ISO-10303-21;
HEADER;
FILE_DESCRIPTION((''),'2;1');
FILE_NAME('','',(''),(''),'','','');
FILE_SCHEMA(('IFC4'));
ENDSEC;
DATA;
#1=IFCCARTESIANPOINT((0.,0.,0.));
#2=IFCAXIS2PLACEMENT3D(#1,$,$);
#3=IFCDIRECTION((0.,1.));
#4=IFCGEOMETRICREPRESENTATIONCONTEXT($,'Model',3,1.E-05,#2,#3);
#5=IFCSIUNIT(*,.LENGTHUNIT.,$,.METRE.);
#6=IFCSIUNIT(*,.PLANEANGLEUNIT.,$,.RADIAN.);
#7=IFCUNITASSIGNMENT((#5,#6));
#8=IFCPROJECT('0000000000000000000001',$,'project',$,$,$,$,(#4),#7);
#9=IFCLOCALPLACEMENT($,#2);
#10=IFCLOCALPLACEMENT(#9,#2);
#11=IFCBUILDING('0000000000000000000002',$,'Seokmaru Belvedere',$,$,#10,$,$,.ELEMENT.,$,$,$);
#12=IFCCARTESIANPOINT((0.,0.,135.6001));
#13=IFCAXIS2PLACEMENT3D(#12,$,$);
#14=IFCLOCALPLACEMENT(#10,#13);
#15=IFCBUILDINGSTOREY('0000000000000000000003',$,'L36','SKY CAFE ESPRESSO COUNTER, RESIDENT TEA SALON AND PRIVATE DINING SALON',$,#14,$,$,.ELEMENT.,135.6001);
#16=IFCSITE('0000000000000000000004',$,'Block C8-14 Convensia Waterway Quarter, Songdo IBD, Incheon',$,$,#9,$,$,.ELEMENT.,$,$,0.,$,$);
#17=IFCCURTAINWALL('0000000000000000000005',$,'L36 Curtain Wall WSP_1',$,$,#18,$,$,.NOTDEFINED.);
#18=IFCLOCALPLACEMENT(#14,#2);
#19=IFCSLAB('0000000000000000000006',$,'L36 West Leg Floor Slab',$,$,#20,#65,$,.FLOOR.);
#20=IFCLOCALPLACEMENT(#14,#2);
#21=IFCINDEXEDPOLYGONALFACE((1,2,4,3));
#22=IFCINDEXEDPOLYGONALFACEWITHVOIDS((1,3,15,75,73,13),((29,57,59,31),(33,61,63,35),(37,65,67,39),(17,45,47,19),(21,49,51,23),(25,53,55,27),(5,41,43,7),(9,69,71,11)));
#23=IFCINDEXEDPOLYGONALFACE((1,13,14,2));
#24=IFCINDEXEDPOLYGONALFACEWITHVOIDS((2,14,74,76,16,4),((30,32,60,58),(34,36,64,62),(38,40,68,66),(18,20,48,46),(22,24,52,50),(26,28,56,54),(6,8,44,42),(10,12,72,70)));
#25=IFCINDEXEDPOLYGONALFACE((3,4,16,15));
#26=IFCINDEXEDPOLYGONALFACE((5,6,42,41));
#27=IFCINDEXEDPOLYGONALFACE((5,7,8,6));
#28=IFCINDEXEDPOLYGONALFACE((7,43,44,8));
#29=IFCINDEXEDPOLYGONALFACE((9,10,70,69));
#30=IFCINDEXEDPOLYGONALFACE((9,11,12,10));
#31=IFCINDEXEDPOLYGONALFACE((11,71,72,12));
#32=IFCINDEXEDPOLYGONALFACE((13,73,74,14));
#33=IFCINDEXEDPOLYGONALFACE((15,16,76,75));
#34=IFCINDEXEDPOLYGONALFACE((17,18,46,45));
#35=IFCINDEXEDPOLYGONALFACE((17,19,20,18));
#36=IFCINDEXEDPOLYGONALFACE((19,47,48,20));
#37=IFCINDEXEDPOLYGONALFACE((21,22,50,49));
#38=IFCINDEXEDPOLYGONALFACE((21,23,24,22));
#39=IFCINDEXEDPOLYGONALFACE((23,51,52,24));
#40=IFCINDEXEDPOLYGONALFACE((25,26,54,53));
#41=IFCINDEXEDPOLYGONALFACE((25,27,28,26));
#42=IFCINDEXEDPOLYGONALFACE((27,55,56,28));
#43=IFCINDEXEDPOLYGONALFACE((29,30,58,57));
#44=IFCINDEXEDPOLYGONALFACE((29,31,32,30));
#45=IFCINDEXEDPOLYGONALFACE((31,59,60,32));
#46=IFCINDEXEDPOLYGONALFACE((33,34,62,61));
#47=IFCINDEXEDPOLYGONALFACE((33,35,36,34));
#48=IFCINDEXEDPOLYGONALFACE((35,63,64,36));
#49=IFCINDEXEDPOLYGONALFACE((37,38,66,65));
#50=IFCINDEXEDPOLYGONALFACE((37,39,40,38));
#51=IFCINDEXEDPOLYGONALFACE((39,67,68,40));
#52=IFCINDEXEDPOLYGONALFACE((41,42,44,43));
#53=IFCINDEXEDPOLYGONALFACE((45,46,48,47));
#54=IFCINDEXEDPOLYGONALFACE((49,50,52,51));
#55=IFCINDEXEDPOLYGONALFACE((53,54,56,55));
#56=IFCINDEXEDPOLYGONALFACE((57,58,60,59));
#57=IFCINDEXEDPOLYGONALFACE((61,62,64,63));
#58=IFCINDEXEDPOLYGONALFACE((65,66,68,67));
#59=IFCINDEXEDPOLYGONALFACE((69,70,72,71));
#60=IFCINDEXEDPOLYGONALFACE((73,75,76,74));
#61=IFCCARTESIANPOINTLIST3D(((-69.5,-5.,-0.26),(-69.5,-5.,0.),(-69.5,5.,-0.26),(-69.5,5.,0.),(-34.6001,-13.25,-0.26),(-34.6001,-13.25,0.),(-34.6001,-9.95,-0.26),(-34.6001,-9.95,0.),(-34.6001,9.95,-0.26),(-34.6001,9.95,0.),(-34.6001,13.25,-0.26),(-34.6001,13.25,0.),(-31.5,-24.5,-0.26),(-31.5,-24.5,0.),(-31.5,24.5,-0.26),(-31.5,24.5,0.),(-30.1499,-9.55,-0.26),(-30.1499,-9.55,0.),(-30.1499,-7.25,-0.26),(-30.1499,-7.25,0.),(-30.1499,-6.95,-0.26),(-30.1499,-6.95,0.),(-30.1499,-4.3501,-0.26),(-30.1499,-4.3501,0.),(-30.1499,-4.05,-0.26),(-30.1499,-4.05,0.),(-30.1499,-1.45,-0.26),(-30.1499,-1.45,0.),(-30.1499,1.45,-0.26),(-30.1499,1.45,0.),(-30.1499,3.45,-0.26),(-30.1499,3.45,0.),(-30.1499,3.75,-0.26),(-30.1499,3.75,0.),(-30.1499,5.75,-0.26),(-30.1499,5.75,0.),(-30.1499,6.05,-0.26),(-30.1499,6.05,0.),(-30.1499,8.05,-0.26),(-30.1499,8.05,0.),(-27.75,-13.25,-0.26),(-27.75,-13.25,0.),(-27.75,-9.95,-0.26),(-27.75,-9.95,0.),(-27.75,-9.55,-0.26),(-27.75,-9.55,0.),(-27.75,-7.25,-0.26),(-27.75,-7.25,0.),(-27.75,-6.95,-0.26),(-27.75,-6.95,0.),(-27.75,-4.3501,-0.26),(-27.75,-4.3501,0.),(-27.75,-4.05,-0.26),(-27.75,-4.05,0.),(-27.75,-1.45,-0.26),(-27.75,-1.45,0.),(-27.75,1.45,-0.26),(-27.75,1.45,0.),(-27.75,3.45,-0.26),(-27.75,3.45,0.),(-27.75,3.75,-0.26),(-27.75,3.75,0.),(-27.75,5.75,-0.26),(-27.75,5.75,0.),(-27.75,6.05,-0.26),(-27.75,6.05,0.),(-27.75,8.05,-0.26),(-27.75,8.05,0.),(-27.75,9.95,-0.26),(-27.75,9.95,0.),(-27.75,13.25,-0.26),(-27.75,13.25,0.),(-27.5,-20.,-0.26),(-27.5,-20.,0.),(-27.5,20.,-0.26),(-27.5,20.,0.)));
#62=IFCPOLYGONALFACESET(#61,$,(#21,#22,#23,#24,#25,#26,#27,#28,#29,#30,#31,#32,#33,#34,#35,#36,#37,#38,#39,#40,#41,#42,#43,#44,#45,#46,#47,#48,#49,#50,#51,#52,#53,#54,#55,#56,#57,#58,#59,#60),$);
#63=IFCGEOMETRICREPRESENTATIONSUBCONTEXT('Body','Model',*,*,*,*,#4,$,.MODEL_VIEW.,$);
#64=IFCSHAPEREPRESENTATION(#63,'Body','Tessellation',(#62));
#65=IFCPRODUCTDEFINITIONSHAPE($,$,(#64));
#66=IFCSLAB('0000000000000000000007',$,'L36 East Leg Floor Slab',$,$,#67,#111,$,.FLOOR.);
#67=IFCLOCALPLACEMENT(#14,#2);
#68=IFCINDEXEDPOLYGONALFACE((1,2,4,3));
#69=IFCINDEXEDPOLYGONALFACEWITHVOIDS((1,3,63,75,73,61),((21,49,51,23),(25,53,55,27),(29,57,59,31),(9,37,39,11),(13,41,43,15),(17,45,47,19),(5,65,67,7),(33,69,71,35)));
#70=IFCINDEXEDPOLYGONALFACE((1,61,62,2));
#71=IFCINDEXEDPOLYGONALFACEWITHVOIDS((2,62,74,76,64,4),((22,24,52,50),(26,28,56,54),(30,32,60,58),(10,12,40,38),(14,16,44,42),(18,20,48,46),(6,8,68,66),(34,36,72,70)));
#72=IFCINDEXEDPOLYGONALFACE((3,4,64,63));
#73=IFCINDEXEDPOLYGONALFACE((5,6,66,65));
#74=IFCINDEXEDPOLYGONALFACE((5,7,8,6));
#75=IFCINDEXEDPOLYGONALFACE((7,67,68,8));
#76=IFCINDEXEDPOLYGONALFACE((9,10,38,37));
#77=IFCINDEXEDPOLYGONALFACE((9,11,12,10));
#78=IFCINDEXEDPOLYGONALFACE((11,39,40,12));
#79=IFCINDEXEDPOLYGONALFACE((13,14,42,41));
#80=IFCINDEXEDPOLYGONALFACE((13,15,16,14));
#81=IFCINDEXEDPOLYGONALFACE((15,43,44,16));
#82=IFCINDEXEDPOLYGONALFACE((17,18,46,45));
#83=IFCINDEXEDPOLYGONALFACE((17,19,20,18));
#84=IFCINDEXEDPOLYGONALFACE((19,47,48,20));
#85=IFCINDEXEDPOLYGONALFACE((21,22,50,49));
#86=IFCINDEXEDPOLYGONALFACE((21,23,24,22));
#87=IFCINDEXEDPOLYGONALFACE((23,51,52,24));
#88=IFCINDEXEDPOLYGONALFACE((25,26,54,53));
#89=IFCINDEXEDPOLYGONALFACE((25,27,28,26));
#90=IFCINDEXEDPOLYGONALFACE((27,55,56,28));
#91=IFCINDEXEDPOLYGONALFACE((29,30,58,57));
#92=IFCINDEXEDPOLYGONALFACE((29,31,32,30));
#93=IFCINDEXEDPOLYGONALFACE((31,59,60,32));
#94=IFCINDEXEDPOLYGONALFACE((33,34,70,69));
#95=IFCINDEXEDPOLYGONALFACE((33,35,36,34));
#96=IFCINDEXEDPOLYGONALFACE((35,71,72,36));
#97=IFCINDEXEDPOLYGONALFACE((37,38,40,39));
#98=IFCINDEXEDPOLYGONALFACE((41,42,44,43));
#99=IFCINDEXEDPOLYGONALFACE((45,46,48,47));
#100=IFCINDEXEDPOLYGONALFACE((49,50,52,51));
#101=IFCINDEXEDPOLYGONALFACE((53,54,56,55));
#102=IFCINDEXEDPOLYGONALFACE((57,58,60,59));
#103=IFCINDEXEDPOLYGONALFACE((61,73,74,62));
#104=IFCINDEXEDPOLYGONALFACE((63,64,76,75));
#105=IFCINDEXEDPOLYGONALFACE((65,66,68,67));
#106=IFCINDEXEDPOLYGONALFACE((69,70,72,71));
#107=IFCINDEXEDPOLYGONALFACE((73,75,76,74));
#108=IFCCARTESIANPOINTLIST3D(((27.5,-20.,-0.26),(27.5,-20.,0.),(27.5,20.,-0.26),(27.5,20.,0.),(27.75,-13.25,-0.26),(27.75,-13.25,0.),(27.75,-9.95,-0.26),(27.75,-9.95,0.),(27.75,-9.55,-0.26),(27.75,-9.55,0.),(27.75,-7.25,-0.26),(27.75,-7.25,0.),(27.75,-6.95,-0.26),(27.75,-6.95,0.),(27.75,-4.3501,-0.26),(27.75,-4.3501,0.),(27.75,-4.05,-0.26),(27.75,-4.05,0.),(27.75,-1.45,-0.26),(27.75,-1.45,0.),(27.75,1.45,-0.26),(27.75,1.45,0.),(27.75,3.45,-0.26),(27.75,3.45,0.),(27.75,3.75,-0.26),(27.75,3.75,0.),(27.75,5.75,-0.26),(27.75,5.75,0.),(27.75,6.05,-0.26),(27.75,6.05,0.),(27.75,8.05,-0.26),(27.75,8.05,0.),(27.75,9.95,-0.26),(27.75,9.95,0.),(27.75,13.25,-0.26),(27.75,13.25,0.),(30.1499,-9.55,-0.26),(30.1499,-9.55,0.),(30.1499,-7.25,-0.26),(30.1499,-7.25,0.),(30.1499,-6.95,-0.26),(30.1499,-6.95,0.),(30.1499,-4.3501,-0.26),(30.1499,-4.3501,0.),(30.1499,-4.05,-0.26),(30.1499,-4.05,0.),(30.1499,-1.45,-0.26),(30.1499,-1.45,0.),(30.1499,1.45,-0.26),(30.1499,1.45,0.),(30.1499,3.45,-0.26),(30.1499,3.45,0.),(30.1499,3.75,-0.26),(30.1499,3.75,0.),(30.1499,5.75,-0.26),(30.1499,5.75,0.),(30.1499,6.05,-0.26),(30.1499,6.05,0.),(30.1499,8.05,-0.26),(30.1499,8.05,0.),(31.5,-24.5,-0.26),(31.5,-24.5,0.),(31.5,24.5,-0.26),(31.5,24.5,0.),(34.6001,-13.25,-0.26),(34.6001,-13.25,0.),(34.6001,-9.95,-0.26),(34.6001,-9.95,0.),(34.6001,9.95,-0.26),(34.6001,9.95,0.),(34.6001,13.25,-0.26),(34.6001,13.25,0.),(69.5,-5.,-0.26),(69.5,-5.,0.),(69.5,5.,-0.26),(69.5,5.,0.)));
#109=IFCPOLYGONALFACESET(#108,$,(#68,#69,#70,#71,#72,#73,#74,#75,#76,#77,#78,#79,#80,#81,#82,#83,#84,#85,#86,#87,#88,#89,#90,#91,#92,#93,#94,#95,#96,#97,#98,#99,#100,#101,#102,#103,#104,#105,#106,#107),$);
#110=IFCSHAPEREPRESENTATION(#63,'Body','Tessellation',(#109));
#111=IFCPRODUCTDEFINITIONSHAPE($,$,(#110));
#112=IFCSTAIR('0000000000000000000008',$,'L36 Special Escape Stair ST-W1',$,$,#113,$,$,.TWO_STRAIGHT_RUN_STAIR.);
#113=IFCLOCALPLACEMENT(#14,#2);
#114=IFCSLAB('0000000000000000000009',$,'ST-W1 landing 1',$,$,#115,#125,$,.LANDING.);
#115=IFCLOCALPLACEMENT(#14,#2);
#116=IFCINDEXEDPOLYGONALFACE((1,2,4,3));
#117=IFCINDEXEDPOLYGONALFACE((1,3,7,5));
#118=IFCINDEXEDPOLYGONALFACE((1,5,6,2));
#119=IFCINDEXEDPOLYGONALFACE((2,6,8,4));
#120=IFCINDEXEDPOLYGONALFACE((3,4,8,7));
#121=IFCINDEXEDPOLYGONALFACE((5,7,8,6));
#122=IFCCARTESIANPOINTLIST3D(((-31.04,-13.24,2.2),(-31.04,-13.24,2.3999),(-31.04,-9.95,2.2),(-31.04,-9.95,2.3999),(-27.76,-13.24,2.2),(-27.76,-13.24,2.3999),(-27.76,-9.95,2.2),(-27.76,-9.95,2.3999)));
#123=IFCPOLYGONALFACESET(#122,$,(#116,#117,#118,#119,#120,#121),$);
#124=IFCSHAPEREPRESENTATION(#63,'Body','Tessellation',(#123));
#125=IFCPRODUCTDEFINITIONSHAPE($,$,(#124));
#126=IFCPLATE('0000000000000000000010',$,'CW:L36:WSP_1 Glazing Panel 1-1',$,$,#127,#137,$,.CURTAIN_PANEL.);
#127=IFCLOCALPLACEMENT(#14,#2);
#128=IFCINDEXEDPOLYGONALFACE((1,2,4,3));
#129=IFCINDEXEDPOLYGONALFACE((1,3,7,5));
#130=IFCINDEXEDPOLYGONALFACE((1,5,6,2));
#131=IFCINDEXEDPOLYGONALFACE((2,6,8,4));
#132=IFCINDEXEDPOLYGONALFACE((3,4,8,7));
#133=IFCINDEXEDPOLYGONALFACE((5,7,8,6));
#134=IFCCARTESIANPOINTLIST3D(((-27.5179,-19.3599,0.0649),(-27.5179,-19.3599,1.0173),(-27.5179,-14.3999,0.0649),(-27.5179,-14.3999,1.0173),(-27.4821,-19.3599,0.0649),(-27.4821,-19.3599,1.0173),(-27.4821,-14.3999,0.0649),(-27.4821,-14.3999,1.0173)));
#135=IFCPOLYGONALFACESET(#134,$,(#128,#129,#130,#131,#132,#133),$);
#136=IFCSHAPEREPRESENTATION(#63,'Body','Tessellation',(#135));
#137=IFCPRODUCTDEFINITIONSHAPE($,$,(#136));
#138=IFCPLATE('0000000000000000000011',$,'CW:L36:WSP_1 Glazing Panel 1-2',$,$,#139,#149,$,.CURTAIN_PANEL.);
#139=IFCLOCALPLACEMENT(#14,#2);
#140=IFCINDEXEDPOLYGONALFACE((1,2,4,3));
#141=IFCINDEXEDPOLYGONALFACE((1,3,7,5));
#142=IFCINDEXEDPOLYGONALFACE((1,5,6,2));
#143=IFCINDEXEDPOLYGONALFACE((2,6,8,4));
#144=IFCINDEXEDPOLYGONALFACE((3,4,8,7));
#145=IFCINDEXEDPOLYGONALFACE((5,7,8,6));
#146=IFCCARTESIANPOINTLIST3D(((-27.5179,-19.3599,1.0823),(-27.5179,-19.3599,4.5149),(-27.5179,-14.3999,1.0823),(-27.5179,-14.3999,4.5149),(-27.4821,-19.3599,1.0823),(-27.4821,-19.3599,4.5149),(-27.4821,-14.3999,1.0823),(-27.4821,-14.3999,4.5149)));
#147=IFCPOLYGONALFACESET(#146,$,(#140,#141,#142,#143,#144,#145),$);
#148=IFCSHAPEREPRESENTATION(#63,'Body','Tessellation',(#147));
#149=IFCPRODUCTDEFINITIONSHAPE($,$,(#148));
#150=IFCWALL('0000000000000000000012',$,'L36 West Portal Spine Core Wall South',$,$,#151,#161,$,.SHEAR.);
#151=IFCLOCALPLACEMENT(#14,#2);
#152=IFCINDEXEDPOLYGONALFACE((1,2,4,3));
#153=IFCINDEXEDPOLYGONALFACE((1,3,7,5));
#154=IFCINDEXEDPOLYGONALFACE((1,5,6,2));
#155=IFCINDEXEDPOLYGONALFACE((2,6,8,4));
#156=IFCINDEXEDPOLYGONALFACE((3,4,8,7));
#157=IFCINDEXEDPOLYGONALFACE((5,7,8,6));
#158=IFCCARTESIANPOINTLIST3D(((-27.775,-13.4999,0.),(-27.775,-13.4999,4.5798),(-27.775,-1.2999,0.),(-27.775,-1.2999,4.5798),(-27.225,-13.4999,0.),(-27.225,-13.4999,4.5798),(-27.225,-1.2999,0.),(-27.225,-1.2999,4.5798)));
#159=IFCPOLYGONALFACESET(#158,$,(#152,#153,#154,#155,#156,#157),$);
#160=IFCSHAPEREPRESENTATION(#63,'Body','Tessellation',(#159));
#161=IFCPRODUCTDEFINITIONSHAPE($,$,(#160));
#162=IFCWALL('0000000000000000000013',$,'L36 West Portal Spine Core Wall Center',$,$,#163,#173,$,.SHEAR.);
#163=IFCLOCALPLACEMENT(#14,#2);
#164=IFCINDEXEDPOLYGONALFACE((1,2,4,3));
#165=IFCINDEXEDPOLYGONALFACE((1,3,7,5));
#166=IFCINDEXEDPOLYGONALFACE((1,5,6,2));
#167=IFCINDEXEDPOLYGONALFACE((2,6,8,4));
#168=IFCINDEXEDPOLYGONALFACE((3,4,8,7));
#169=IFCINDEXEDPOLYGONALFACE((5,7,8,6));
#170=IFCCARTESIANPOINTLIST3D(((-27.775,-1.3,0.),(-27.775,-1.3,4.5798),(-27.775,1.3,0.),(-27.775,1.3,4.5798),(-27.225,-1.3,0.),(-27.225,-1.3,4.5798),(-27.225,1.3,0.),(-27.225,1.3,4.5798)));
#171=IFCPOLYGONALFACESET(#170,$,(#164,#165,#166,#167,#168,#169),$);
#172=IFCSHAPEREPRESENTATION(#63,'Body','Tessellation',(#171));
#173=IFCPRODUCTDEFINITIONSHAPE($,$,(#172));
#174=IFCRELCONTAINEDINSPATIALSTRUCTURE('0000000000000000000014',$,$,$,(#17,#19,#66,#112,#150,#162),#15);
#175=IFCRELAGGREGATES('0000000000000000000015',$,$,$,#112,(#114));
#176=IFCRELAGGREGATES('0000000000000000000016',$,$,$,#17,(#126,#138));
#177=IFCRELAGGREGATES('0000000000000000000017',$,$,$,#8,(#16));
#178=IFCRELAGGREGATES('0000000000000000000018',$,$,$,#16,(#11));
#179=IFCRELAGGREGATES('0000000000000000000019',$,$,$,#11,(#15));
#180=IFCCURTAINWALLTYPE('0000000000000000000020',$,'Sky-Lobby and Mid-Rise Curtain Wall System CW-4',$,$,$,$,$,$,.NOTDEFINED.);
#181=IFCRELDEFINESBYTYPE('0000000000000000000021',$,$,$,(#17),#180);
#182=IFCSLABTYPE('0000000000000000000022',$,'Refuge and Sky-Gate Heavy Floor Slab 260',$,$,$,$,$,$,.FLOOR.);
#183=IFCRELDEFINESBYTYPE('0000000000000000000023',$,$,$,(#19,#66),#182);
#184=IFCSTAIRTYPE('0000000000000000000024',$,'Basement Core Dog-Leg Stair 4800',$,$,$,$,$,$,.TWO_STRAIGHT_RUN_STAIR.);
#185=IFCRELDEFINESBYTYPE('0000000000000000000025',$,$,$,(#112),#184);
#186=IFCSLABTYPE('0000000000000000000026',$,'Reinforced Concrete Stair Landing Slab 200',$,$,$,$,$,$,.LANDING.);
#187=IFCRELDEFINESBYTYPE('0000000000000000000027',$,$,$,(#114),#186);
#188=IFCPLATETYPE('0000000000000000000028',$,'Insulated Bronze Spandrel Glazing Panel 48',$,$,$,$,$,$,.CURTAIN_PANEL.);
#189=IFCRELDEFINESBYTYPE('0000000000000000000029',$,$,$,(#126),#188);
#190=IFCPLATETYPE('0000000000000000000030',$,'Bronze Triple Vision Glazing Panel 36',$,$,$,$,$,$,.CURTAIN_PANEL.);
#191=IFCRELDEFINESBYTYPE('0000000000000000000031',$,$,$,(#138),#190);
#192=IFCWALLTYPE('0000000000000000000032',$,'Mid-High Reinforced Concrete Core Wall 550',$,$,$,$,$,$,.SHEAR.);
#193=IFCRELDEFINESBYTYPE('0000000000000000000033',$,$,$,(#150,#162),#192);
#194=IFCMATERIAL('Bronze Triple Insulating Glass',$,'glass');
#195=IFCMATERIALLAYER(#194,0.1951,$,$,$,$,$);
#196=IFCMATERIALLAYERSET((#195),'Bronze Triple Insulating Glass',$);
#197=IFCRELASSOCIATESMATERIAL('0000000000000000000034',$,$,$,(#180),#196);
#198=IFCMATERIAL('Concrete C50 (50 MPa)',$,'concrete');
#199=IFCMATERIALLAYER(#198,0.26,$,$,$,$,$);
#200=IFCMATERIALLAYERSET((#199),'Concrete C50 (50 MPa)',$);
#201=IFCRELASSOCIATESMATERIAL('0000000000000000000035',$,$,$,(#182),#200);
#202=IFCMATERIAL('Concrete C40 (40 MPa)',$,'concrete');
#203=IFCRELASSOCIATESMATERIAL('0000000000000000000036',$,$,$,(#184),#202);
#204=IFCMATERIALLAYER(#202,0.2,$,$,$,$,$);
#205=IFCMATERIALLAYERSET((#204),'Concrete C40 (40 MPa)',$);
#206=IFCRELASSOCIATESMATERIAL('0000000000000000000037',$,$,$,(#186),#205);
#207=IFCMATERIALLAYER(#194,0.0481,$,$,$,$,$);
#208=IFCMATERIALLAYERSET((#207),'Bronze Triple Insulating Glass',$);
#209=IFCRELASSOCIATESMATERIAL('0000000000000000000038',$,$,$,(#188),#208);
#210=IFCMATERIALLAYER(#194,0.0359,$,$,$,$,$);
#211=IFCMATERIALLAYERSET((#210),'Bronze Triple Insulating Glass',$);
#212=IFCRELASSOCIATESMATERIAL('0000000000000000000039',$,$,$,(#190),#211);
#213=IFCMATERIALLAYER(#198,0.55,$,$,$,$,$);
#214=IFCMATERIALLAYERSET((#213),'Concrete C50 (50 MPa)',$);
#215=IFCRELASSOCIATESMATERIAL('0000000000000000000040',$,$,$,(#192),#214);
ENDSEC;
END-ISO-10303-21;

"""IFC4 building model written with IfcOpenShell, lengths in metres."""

from ifc_helpers import new_model, si_unit, direction, frame, frame_2d, origin, origin_2d, place, context, subcontext, project, spatial, polyline, rectangle, outline, extrude, source, transform, mapped, material, layer, layer_set, type_object, type_shapes, element, aggregate, save


model = new_model("IFC4")

# Units and contexts
model_context = context("Model", 3, precision=1e-05, world=origin(), true_north=direction((0.0, 1.0)))
body_context = subcontext(model_context, "Body", "Model", "MODEL_VIEW")
ifc_project = project(units=[si_unit("LENGTHUNIT", "METRE"), si_unit("PLANEANGLEUNIT", "RADIAN")], contexts=[model_context])

# Site, building, storey
site_placement = place(None, origin())
site = spatial("IfcSite", under=ifc_project, at=site_placement, Name="Block C8-14 Convensia Waterway Quarter, Songdo IBD, Incheon", CompositionType="ELEMENT", RefElevation=0.0)
building_placement = place(site_placement, origin())
building = spatial("IfcBuilding", under=site, at=building_placement, Name="Seokmaru Belvedere", CompositionType="ELEMENT")
storey_placement = place(building_placement, frame((0.0, 0.0, 135.6001)))
storey = spatial("IfcBuildingStorey", under=building, at=storey_placement, Name="L36", Description="SKY CAFE ESPRESSO COUNTER, RESIDENT TEA SALON AND PRIVATE DINING SALON", CompositionType="ELEMENT", Elevation=135.6001)

# Curtain wall
ifc_material_1 = material(Name="Bronze Triple Insulating Glass", Category="glass")
ifc_layer_1 = layer(ifc_material_1, 0.1951)
ifc_layer_set_1 = layer_set([ifc_layer_1], Name="Bronze Triple Insulating Glass")
curtain_wall_type = type_object("IfcCurtainWallType", Name="Sky-Lobby and Mid-Rise Curtain Wall System CW-4", PredefinedType="NOTDEFINED", material=ifc_layer_set_1)
curtain_wall_placement = place(storey_placement, origin())
curtain_wall = element("IfcCurtainWall", 1, at=curtain_wall_placement, inside=storey, type_object=curtain_wall_type, Name="L36 Curtain Wall WSP_1", PredefinedType="NOTDEFINED")

# Slabs
ifc_material_2 = material(Name="Concrete C50 (50 MPa)", Category="concrete")
ifc_layer_2 = layer(ifc_material_2, 0.26)
ifc_layer_set_2 = layer_set([ifc_layer_2], Name="Concrete C50 (50 MPa)")
slab_type_1 = type_object("IfcSlabType", Name="Refuge and Sky-Gate Heavy Floor Slab 260", PredefinedType="FLOOR", material=ifc_layer_set_2)
slab_1_placement = place(storey_placement, frame((0.0, 0.0, -0.26)))
element("IfcSlab", 2, at=slab_1_placement, inside=storey, type_object=slab_type_1, Name="L36 West Leg Floor Slab", PredefinedType="FLOOR", context=body_context, shape_type="SweptSolid", body=[
    extrude(outline(polyline([(-27.5, -20.0), (-27.5, 20.0), (-31.5, 24.5), (-69.5, 5.0), (-69.5, -5.0), (-31.5, -24.5), (-27.5, -20.0)]), holes=[polyline([(-34.6001, -13.25), (-27.75, -13.25), (-27.75, -9.95), (-34.6001, -9.95), (-34.6001, -13.25)]), polyline([(-34.6001, 9.95), (-27.75, 9.95), (-27.75, 13.25), (-34.6001, 13.25), (-34.6001, 9.95)]), polyline([(-30.1499, -9.55), (-27.75, -9.55), (-27.75, -7.25), (-30.1499, -7.25), (-30.1499, -9.55)]), polyline([(-30.1499, -6.95), (-27.75, -6.95), (-27.75, -4.3501), (-30.1499, -4.3501), (-30.1499, -6.95)]), polyline([(-30.1499, -4.05), (-27.75, -4.05), (-27.75, -1.45), (-30.1499, -1.45), (-30.1499, -4.05)]), polyline([(-30.1499, 1.45), (-27.75, 1.45), (-27.75, 3.45), (-30.1499, 3.45), (-30.1499, 1.45)]), polyline([(-30.1499, 3.75), (-27.75, 3.75), (-27.75, 5.75), (-30.1499, 5.75), (-30.1499, 3.75)]), polyline([(-30.1499, 6.05), (-27.75, 6.05), (-27.75, 8.05), (-30.1499, 8.05), (-30.1499, 6.05)])]), origin(), (0.0, 0.0, 1.0), 0.26),
])
slab_2_placement = place(storey_placement, frame((0.0, 0.0, -0.26)))
element("IfcSlab", 3, at=slab_2_placement, inside=storey, type_object=slab_type_1, Name="L36 East Leg Floor Slab", PredefinedType="FLOOR", context=body_context, shape_type="SweptSolid", body=[
    extrude(outline(polyline([(31.5, -24.5), (69.5, -5.0), (69.5, 5.0), (31.5, 24.5), (27.5, 20.0), (27.5, -20.0), (31.5, -24.5)]), holes=[polyline([(27.75, -13.25), (34.6001, -13.25), (34.6001, -9.95), (27.75, -9.95), (27.75, -13.25)]), polyline([(27.75, 9.95), (34.6001, 9.95), (34.6001, 13.25), (27.75, 13.25), (27.75, 9.95)]), polyline([(27.75, -9.55), (30.1499, -9.55), (30.1499, -7.25), (27.75, -7.25), (27.75, -9.55)]), polyline([(27.75, -6.95), (30.1499, -6.95), (30.1499, -4.3501), (27.75, -4.3501), (27.75, -6.95)]), polyline([(27.75, -4.05), (30.1499, -4.05), (30.1499, -1.45), (27.75, -1.45), (27.75, -4.05)]), polyline([(27.75, 1.45), (30.1499, 1.45), (30.1499, 3.45), (27.75, 3.45), (27.75, 1.45)]), polyline([(27.75, 3.75), (30.1499, 3.75), (30.1499, 5.75), (27.75, 5.75), (27.75, 3.75)]), polyline([(27.75, 6.05), (30.1499, 6.05), (30.1499, 8.05), (27.75, 8.05), (27.75, 6.05)])]), origin(), (0.0, 0.0, 1.0), 0.26),
])

# Stair, slab
ifc_material_3 = material(Name="Concrete C40 (40 MPa)", Category="concrete")
stair_type = type_object("IfcStairType", Name="Basement Core Dog-Leg Stair 4800", PredefinedType="TWO_STRAIGHT_RUN_STAIR", material=ifc_material_3)
stair_placement = place(storey_placement, origin())
stair = element("IfcStair", 4, at=stair_placement, inside=storey, type_object=stair_type, Name="L36 Special Escape Stair ST-W1", PredefinedType="TWO_STRAIGHT_RUN_STAIR")
ifc_layer_3 = layer(ifc_material_3, 0.2)
ifc_layer_set_3 = layer_set([ifc_layer_3], Name="Concrete C40 (40 MPa)")
slab_type_2 = type_object("IfcSlabType", Name="Reinforced Concrete Stair Landing Slab 200", PredefinedType="LANDING", material=ifc_layer_set_3)
slab_3_placement = place(storey_placement, frame((0.0, 0.0, 2.2)))
slab_3 = element("IfcSlab", 5, at=slab_3_placement, type_object=slab_type_2, Name="ST-W1 landing 1", PredefinedType="LANDING", context=body_context, shape_type="SweptSolid", body=[
    extrude(outline(polyline([(-31.04, -13.24), (-27.76, -13.24), (-27.76, -9.95), (-31.04, -9.95), (-31.04, -13.24)])), origin(), (0.0, 0.0, 1.0), 0.2),
])
aggregate(stair, [slab_3])

# Plates
ifc_layer_4 = layer(ifc_material_1, 0.0481)
ifc_layer_set_4 = layer_set([ifc_layer_4], Name="Bronze Triple Insulating Glass")
plate_type_1 = type_object("IfcPlateType", Name="Insulated Bronze Spandrel Glazing Panel 48", PredefinedType="CURTAIN_PANEL", material=ifc_layer_set_4)
shared_shape_1 = source(origin(), body_context, "Body", "SweptSolid", [
    extrude(rectangle(XDim=4.96, YDim=0.0359, at=origin_2d()), origin(), (0.0, 0.0, 1.0), 0.9524),
])
type_shapes(plate_type_1, [shared_shape_1])
plate_1_placement = place(storey_placement, frame((-27.5, -16.8799, 0.0649), z_axis=(0.0, 0.0, 1.0), x_axis=(0.0, 1.0, 0.0)))
plate_1 = element("IfcPlate", 6, at=plate_1_placement, type_object=plate_type_1, Name="CW:L36:WSP_1 Glazing Panel 1-1", PredefinedType="CURTAIN_PANEL", context=body_context, shape_type="MappedRepresentation", body=[
    mapped(shared_shape_1, transform((0.0, 0.0, 0.0), scale=1.0)),
])
ifc_layer_5 = layer(ifc_material_1, 0.0359)
ifc_layer_set_5 = layer_set([ifc_layer_5], Name="Bronze Triple Insulating Glass")
plate_type_2 = type_object("IfcPlateType", Name="Bronze Triple Vision Glazing Panel 36", PredefinedType="CURTAIN_PANEL", material=ifc_layer_set_5)
shared_shape_2 = source(origin(), body_context, "Body", "SweptSolid", [
    extrude(rectangle(XDim=4.96, YDim=0.0359, at=origin_2d()), origin(), (0.0, 0.0, 1.0), 3.4326),
])
type_shapes(plate_type_2, [shared_shape_2])
plate_2_placement = place(storey_placement, frame((-27.5, -16.8799, 1.0823), z_axis=(0.0, 0.0, 1.0), x_axis=(0.0, 1.0, 0.0)))
plate_2 = element("IfcPlate", 7, at=plate_2_placement, type_object=plate_type_2, Name="CW:L36:WSP_1 Glazing Panel 1-2", PredefinedType="CURTAIN_PANEL", context=body_context, shape_type="MappedRepresentation", body=[
    mapped(shared_shape_2, transform((0.0, 0.0, 0.0), scale=1.0)),
])
aggregate(curtain_wall, [plate_1, plate_2])

# Walls
ifc_layer_6 = layer(ifc_material_2, 0.55)
ifc_layer_set_6 = layer_set([ifc_layer_6], Name="Concrete C50 (50 MPa)")
wall_type_1 = type_object("IfcWallType", Name="Mid-High Reinforced Concrete Core Wall 550", PredefinedType="SHEAR", material=ifc_layer_set_6)
wall_1_placement = place(storey_placement, frame((-27.5, -13.5, 0.0), z_axis=(0.0, 0.0, 1.0), x_axis=(0.0, 1.0, 0.0)))
element("IfcWall", 8, at=wall_1_placement, inside=storey, type_object=wall_type_1, Name="L36 West Portal Spine Core Wall South", PredefinedType="SHEAR", context=body_context, shape_type="SweptSolid", body=[
    extrude(rectangle(XDim=12.2, YDim=0.55, at=frame_2d((6.1001, 0.0))), origin(), (0.0, 0.0, 1.0), 4.5798),
])
wall_2_placement = place(storey_placement, frame((-27.5, -1.3, 0.0), z_axis=(0.0, 0.0, 1.0), x_axis=(0.0, 1.0, 0.0)))
element("IfcWall", 9, at=wall_2_placement, inside=storey, type_object=wall_type_1, Name="L36 West Portal Spine Core Wall Center", PredefinedType="SHEAR", context=body_context, shape_type="SweptSolid", body=[
    extrude(rectangle(XDim=2.6001, YDim=0.55, at=frame_2d((1.3, 0.0))), origin(), (0.0, 0.0, 1.0), 4.5798),
])

save(model, "model.ifc")
